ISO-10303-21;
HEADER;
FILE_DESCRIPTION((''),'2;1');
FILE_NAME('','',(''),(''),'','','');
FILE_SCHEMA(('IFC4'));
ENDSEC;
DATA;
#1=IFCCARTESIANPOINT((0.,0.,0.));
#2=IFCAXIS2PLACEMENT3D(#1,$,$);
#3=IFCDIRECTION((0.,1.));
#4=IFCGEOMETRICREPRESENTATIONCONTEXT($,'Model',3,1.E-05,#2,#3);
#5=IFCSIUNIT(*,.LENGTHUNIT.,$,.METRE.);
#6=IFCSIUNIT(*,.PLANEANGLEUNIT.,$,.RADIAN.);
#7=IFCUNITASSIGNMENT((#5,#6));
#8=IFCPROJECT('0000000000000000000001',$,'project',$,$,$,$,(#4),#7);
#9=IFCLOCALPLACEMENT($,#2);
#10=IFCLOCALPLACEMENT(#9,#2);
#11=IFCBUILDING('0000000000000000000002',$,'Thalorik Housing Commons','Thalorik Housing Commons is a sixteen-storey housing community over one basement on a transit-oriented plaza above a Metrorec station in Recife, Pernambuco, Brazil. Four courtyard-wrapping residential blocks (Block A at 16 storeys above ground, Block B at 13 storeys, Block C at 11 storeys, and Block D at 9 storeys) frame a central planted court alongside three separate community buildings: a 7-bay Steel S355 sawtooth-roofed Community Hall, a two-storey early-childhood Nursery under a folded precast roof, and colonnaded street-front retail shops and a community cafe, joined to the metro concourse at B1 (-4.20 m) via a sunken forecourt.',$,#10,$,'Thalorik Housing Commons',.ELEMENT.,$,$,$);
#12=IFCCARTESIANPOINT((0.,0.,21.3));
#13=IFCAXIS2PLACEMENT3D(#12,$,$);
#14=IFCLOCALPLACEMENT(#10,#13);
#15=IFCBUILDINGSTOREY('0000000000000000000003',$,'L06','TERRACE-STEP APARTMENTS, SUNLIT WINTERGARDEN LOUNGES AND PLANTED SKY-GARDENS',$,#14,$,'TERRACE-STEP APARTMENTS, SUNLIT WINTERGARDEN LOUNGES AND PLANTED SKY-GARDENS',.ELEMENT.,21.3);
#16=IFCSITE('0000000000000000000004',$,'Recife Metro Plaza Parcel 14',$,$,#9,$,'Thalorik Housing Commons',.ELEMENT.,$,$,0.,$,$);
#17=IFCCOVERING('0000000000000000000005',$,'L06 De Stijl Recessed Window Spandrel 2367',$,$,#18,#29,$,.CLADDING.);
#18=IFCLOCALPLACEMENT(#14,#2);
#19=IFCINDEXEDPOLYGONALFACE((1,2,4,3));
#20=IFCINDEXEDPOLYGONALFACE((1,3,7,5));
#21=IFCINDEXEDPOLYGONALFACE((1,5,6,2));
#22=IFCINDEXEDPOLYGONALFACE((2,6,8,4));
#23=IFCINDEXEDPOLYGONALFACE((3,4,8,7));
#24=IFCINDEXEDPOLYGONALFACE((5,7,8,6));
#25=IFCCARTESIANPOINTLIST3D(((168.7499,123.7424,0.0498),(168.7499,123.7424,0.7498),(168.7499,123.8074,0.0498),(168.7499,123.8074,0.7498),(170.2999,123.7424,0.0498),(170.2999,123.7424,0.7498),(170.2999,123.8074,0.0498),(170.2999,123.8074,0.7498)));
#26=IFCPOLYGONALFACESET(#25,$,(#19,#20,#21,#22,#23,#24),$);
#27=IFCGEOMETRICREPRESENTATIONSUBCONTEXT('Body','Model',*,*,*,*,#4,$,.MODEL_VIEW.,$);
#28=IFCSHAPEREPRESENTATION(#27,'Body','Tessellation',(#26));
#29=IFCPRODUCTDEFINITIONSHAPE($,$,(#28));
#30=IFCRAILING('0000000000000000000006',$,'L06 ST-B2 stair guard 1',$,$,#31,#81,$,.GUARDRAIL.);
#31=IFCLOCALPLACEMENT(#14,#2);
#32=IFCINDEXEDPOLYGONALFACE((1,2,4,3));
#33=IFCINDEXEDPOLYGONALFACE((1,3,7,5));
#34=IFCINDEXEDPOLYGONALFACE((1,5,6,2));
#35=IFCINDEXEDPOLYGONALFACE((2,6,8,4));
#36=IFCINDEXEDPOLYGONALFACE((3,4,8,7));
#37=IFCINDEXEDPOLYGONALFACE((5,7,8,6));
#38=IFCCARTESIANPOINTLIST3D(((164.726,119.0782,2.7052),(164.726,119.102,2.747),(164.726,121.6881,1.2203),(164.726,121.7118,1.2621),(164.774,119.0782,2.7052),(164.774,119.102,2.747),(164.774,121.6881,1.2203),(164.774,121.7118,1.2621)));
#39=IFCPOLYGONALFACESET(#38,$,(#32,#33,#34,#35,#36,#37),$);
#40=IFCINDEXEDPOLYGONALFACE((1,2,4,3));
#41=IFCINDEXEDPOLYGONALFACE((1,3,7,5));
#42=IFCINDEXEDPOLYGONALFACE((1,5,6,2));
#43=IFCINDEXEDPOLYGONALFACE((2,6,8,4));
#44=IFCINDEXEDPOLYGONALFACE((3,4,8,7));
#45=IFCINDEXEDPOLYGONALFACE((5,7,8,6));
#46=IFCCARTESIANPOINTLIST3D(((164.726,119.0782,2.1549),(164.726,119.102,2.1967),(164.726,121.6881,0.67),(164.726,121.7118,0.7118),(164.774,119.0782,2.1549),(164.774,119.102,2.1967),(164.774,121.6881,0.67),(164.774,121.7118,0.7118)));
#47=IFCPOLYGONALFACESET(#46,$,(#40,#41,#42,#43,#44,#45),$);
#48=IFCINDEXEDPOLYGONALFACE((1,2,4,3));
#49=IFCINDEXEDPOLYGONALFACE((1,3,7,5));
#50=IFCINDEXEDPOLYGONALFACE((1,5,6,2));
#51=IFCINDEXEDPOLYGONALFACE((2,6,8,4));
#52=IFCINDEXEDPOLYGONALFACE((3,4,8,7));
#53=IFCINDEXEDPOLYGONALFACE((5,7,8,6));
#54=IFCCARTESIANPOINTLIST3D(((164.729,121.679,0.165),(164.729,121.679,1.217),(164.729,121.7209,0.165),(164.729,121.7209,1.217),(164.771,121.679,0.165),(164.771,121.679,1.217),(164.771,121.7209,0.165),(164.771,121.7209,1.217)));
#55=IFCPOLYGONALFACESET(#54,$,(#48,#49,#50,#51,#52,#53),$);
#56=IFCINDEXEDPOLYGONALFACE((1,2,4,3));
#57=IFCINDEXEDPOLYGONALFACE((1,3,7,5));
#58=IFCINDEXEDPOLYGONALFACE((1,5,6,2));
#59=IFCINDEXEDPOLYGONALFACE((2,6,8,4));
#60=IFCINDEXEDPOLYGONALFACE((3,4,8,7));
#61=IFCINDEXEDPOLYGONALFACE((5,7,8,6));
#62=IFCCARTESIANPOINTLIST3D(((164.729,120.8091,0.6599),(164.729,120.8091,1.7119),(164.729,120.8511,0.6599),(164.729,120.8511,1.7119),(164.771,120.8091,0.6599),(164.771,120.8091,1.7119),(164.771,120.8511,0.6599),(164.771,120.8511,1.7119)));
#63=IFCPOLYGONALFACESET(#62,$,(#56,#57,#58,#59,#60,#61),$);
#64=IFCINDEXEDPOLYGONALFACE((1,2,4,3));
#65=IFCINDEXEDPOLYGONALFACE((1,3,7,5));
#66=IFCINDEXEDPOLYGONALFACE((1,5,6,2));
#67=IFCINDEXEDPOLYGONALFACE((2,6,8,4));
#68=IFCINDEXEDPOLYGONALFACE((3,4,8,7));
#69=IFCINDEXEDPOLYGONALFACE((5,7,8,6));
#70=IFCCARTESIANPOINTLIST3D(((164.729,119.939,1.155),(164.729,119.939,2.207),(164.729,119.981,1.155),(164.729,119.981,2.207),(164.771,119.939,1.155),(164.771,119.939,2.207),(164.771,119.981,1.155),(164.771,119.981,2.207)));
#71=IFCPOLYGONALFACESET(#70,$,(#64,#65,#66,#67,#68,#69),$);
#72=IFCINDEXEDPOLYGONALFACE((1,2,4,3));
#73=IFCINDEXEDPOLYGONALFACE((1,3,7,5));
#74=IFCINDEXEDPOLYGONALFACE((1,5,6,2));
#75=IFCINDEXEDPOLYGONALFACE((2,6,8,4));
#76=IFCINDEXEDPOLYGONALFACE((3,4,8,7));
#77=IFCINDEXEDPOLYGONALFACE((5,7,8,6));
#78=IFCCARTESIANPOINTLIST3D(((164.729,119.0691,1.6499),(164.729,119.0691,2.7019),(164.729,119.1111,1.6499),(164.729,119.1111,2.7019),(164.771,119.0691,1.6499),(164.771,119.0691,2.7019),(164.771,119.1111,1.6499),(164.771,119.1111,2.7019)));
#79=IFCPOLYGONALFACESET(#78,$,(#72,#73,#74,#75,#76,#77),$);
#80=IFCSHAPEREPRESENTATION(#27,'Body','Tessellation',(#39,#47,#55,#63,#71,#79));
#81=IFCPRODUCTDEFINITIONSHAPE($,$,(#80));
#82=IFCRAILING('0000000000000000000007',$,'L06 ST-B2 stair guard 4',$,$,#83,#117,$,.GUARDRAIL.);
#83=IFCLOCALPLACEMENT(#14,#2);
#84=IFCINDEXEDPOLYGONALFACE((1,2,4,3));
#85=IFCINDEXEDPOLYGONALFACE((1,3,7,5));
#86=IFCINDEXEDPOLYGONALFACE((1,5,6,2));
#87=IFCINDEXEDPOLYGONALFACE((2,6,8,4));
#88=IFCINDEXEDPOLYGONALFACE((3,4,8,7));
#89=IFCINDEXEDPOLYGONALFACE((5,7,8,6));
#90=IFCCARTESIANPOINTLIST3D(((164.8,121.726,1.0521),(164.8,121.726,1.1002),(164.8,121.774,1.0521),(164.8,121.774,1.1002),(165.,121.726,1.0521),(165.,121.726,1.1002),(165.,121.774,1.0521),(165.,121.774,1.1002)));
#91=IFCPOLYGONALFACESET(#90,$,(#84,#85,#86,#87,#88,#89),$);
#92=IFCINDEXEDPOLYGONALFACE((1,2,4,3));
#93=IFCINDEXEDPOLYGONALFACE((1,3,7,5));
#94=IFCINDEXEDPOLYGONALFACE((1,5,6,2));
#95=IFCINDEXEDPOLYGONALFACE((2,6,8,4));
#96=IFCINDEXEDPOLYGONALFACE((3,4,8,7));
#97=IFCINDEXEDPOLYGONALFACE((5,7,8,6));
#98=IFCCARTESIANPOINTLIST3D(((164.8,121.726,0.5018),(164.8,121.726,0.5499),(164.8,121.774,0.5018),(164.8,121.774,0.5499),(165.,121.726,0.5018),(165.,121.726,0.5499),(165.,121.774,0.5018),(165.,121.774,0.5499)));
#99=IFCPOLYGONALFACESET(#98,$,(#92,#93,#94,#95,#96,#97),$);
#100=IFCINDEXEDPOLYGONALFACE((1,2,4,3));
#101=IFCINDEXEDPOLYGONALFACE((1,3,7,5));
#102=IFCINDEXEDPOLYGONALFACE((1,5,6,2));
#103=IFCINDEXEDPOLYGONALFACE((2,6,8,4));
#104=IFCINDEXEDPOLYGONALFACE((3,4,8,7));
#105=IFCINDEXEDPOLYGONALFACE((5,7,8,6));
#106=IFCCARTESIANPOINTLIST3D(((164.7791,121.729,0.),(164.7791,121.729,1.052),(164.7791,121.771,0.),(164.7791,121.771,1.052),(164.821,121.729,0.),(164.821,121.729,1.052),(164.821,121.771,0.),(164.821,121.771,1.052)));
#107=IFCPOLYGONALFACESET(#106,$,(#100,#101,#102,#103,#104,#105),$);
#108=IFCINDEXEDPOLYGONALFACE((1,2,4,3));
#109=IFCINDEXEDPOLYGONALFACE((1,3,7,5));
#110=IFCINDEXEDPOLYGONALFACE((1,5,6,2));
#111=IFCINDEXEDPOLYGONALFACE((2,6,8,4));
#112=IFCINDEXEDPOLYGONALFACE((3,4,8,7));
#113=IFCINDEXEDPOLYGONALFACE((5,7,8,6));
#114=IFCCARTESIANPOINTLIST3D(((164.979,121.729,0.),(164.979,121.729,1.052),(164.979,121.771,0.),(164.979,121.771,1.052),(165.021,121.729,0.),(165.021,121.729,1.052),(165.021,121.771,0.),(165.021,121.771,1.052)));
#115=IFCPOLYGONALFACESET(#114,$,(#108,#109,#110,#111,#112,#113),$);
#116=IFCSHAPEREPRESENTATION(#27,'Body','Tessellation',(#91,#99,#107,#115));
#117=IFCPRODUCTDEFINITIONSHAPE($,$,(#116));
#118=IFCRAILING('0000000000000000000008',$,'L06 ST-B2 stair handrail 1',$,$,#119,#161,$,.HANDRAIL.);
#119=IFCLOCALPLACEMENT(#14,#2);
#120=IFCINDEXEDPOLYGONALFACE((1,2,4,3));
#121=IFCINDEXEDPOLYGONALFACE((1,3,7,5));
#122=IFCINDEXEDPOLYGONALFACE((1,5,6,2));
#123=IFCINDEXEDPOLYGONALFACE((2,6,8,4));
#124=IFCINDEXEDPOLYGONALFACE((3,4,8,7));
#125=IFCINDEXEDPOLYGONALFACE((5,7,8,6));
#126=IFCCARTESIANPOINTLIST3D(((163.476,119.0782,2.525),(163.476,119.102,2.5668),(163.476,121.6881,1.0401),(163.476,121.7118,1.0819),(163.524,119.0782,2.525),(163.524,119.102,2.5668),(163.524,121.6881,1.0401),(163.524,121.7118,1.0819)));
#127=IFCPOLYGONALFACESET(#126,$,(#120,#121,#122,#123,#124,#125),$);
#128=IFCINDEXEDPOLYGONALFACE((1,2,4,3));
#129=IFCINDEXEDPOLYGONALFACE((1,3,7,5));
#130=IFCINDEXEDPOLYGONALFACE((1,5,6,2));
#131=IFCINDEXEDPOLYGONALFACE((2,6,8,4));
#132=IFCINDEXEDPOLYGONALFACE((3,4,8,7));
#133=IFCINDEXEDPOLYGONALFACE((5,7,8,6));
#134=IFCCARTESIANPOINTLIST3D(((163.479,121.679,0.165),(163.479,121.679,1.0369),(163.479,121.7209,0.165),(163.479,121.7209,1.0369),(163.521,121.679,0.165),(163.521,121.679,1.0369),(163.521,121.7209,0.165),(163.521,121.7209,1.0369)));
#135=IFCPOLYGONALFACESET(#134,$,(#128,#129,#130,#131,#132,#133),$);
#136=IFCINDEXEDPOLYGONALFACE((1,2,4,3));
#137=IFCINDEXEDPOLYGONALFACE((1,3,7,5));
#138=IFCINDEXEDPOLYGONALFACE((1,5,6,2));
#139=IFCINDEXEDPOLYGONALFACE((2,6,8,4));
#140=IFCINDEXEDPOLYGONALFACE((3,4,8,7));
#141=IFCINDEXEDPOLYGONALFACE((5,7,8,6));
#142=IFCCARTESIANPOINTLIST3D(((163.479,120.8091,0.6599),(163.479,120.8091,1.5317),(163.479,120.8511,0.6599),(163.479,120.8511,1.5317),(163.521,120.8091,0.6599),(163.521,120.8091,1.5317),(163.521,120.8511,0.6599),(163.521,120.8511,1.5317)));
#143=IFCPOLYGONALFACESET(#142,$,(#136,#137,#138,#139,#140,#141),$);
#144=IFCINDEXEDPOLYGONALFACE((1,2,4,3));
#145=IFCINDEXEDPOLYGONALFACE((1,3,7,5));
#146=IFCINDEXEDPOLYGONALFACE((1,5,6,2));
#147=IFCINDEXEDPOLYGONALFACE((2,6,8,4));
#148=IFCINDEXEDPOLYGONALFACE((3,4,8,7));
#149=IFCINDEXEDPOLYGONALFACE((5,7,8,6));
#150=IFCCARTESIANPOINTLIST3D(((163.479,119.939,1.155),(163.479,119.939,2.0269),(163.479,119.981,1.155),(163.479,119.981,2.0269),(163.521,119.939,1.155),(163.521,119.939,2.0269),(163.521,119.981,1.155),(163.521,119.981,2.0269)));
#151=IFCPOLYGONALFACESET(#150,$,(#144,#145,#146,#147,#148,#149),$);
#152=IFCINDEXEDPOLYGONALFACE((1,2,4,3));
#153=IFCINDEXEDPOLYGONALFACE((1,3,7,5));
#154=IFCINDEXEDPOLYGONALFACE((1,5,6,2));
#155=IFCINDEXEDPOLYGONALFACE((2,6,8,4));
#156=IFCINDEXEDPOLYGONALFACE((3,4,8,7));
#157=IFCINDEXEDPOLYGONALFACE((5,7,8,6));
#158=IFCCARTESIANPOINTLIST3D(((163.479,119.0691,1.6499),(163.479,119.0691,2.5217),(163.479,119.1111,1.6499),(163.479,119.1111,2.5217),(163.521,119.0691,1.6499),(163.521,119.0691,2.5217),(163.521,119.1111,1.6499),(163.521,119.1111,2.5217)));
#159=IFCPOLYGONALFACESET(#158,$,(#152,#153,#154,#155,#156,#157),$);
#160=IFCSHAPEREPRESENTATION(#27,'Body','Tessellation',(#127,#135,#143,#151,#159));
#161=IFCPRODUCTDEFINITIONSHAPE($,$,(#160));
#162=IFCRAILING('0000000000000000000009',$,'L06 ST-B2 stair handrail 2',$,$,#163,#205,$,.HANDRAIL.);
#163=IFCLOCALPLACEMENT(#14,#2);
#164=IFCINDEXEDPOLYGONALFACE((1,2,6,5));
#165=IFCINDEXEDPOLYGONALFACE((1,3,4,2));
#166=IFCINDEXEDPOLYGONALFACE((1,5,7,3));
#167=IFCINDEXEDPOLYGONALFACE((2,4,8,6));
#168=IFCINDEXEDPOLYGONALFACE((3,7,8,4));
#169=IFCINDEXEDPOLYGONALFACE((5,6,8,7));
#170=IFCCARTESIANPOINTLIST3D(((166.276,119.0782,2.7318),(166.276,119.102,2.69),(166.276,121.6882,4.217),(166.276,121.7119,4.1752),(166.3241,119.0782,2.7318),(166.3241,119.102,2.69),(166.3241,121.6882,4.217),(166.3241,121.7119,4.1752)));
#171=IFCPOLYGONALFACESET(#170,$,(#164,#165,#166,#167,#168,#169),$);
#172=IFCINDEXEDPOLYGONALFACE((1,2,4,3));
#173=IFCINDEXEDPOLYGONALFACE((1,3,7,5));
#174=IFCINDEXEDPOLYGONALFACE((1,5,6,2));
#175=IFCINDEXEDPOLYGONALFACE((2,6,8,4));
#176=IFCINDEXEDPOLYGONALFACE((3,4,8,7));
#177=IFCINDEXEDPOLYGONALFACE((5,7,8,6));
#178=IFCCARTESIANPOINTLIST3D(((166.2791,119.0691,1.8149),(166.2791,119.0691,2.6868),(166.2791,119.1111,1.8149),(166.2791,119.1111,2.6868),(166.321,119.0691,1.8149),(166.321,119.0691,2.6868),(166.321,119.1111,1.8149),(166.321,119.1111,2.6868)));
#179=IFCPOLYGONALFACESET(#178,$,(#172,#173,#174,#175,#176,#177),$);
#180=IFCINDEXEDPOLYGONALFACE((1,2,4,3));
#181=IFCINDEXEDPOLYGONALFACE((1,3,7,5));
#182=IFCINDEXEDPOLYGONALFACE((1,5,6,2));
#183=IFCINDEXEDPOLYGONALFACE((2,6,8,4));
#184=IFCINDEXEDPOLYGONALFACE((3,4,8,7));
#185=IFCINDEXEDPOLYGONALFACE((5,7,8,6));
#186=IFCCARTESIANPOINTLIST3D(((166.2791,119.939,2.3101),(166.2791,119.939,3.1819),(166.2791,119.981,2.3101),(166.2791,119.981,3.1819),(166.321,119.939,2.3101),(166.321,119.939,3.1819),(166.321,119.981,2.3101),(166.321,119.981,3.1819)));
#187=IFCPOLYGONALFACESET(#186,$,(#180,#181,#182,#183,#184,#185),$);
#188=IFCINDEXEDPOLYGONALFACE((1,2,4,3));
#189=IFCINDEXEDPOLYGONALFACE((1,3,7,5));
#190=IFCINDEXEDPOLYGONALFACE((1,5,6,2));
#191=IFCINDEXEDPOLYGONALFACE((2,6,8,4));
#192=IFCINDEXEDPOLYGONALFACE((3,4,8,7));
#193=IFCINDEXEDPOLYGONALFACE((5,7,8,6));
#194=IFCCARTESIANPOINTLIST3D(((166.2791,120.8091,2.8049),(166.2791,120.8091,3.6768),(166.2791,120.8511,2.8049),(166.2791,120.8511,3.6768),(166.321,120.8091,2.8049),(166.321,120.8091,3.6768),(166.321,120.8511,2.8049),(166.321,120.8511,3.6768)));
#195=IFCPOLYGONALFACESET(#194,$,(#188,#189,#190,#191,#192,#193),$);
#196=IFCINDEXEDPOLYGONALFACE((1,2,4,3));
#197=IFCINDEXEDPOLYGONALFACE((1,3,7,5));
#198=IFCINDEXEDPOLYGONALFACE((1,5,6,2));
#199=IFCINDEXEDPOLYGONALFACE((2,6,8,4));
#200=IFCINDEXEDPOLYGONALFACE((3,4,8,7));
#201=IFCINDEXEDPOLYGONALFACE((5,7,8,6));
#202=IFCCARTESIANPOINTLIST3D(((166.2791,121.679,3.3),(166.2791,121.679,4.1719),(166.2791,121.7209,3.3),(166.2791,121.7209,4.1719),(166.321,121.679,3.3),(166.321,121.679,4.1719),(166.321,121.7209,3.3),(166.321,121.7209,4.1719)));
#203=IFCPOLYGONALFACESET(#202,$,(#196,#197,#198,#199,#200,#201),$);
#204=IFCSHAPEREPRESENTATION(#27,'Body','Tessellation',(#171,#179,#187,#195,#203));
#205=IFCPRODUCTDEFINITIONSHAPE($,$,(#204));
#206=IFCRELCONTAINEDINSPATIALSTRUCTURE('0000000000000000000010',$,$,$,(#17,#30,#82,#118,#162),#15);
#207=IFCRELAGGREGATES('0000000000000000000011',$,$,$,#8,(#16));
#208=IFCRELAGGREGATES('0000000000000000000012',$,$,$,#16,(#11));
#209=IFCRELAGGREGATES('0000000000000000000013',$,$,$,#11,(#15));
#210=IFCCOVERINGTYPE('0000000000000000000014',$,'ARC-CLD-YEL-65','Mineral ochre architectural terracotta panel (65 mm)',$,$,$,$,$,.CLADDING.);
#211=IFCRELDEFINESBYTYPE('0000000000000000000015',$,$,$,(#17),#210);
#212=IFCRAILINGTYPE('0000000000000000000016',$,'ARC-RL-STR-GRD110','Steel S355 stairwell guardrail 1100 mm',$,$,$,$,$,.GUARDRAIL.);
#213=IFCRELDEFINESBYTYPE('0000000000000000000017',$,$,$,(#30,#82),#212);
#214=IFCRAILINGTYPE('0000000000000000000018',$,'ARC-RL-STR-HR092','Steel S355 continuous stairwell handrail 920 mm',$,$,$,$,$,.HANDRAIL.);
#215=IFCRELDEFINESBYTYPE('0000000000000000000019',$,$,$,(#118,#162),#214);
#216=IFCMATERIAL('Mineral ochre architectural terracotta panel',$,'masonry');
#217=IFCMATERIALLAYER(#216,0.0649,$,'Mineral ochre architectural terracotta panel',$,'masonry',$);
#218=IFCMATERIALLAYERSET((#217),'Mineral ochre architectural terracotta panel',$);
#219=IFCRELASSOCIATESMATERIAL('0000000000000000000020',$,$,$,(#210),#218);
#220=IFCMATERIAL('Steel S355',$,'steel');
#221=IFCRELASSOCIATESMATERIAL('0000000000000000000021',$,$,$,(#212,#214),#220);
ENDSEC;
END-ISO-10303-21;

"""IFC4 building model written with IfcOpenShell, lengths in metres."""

from ifc_helpers import new_model, si_unit, direction, frame, origin, origin_2d, place, context, subcontext, project, spatial, rectangle, extrude, material, layer, layer_set, type_object, element, save


model = new_model("IFC4")

# Units and contexts
model_context = context("Model", 3, precision=1e-05, world=origin(), true_north=direction((0.0, 1.0)))
body_context = subcontext(model_context, "Body", "Model", "MODEL_VIEW")
ifc_project = project(units=[si_unit("LENGTHUNIT", "METRE"), si_unit("PLANEANGLEUNIT", "RADIAN")], contexts=[model_context])

# Site, building, storey
site_placement = place(None, origin())
site = spatial("IfcSite", under=ifc_project, at=site_placement, Name="Recife Metro Plaza Parcel 14", LongName="Thalorik Housing Commons", CompositionType="ELEMENT", RefElevation=0.0)
building_placement = place(site_placement, origin())
building = spatial("IfcBuilding", under=site, at=building_placement, Name="Thalorik Housing Commons", Description="Thalorik Housing Commons is a sixteen-storey housing community over one basement on a transit-oriented plaza above a Metrorec station in Recife, Pernambuco, Brazil. Four courtyard-wrapping residential blocks (Block A at 16 storeys above ground, Block B at 13 storeys, Block C at 11 storeys, and Block D at 9 storeys) frame a central planted court alongside three separate community buildings: a 7-bay Steel S355 sawtooth-roofed Community Hall, a two-storey early-childhood Nursery under a folded precast roof, and colonnaded street-front retail shops and a community cafe, joined to the metro concourse at B1 (-4.20 m) via a sunken forecourt.", LongName="Thalorik Housing Commons", CompositionType="ELEMENT")
storey_placement = place(building_placement, frame((0.0, 0.0, 21.3)))
storey = spatial("IfcBuildingStorey", under=building, at=storey_placement, Name="L06", Description="TERRACE-STEP APARTMENTS, SUNLIT WINTERGARDEN LOUNGES AND PLANTED SKY-GARDENS", LongName="TERRACE-STEP APARTMENTS, SUNLIT WINTERGARDEN LOUNGES AND PLANTED SKY-GARDENS", CompositionType="ELEMENT", Elevation=21.3)

# Shared definitions
ifc_material_1 = material(Name="Steel S355", Category="steel")

# Covering
ifc_material_2 = material(Name="Mineral ochre architectural terracotta panel", Category="masonry")
ifc_layer_1 = layer(ifc_material_2, 0.0649, Name="Mineral ochre architectural terracotta panel", Category="masonry")
ifc_layer_set_1 = layer_set([ifc_layer_1], Name="Mineral ochre architectural terracotta panel")
covering_type_1 = type_object("IfcCoveringType", Name="ARC-CLD-YEL-65", Description="Mineral ochre architectural terracotta panel (65 mm)", PredefinedType="CLADDING", material=ifc_layer_set_1)
covering_1_placement = place(storey_placement, frame((169.5249, 123.7749, 0.0498), z_axis=(0.0, 0.0, 1.0), x_axis=(-1.0, 0.0, 0.0)))
element("IfcCovering", 1, at=covering_1_placement, inside=storey, type_object=covering_type_1, Name="L06 De Stijl Recessed Window Spandrel 2367", PredefinedType="CLADDING", context=body_context, shape_type="SweptSolid", body=[
    extrude(rectangle(XDim=1.55, YDim=0.0649, at=origin_2d()), origin(), (0.0, 0.0, 1.0), 0.7),
])

# Railings
railing_type_1 = type_object("IfcRailingType", Name="ARC-RL-STR-GRD110", Description="Steel S355 stairwell guardrail 1100 mm", PredefinedType="GUARDRAIL", material=ifc_material_1)
railing_1_placement = place(storey_placement, frame((164.75, 121.7, 0.165)))
element("IfcRailing", 2, at=railing_1_placement, inside=storey, type_object=railing_type_1, Name="L06 ST-B2 stair guard 1", PredefinedType="GUARDRAIL", context=body_context, shape_type="SweptSolid", body=[
    extrude(rectangle(XDim=0.0481, YDim=0.0481, at=origin_2d()), frame((0.0, 0.0, 1.0762), z_axis=(0.0, -0.869172, 0.494509), x_axis=(1.0, 0.0, 0.0)), (0.0, 0.0, 1.0), 3.0027),
    extrude(rectangle(XDim=0.0481, YDim=0.0481, at=origin_2d()), frame((0.0, 0.0, 0.5259), z_axis=(0.0, -0.869172, 0.494509), x_axis=(1.0, 0.0, 0.0)), (0.0, 0.0, 1.0), 3.0027),
    extrude(rectangle(XDim=0.042, YDim=0.042, at=origin_2d()), origin(), (0.0, 0.0, 1.0), 1.052),
    extrude(rectangle(XDim=0.042, YDim=0.042, at=origin_2d()), frame((0.0, -0.8699, 0.4949)), (0.0, 0.0, 1.0), 1.052),
    extrude(rectangle(XDim=0.042, YDim=0.042, at=origin_2d()), frame((0.0, -1.74, 0.99)), (0.0, 0.0, 1.0), 1.052),
    extrude(rectangle(XDim=0.042, YDim=0.042, at=origin_2d()), frame((0.0, -2.6099, 1.4849)), (0.0, 0.0, 1.0), 1.052),
])
railing_2_placement = place(storey_placement, frame((164.8, 121.75, 0.0)))
element("IfcRailing", 3, at=railing_2_placement, inside=storey, type_object=railing_type_1, Name="L06 ST-B2 stair guard 4", PredefinedType="GUARDRAIL", context=body_context, shape_type="SweptSolid", body=[
    extrude(rectangle(XDim=0.0481, YDim=0.0481, at=origin_2d()), frame((0.0, 0.0, 1.0762), z_axis=(1.0, 0.0, 0.0), x_axis=(0.0, 1.0, 0.0)), (0.0, 0.0, 1.0), 0.2),
    extrude(rectangle(XDim=0.0481, YDim=0.0481, at=origin_2d()), frame((0.0, 0.0, 0.5259), z_axis=(1.0, 0.0, 0.0), x_axis=(0.0, 1.0, 0.0)), (0.0, 0.0, 1.0), 0.2),
    extrude(rectangle(XDim=0.042, YDim=0.042, at=origin_2d()), origin(), (0.0, 0.0, 1.0), 1.052),
    extrude(rectangle(XDim=0.042, YDim=0.042, at=origin_2d()), frame((0.2, 0.0, 0.0)), (0.0, 0.0, 1.0), 1.052),
])
railing_type_2 = type_object("IfcRailingType", Name="ARC-RL-STR-HR092", Description="Steel S355 continuous stairwell handrail 920 mm", PredefinedType="HANDRAIL", material=ifc_material_1)
railing_3_placement = place(storey_placement, frame((163.5, 121.7, 0.165)))
element("IfcRailing", 4, at=railing_3_placement, inside=storey, type_object=railing_type_2, Name="L06 ST-B2 stair handrail 1", PredefinedType="HANDRAIL", context=body_context, shape_type="SweptSolid", body=[
    extrude(rectangle(XDim=0.0481, YDim=0.0481, at=origin_2d()), frame((0.0, 0.0, 0.896), z_axis=(0.0, -0.869172, 0.494509), x_axis=(1.0, 0.0, 0.0)), (0.0, 0.0, 1.0), 3.0027),
    extrude(rectangle(XDim=0.042, YDim=0.042, at=origin_2d()), origin(), (0.0, 0.0, 1.0), 0.8718),
    extrude(rectangle(XDim=0.042, YDim=0.042, at=origin_2d()), frame((0.0, -0.8699, 0.4949)), (0.0, 0.0, 1.0), 0.8718),
    extrude(rectangle(XDim=0.042, YDim=0.042, at=origin_2d()), frame((0.0, -1.74, 0.99)), (0.0, 0.0, 1.0), 0.8718),
    extrude(rectangle(XDim=0.042, YDim=0.042, at=origin_2d()), frame((0.0, -2.6099, 1.4849)), (0.0, 0.0, 1.0), 0.8718),
])
railing_4_placement = place(storey_placement, frame((166.3, 119.0901, 1.8149)))
element("IfcRailing", 5, at=railing_4_placement, inside=storey, type_object=railing_type_2, Name="L06 ST-B2 stair handrail 2", PredefinedType="HANDRAIL", context=body_context, shape_type="SweptSolid", body=[
    extrude(rectangle(XDim=0.0481, YDim=0.0481, at=origin_2d()), frame((0.0, 0.0, 0.896), z_axis=(0.0, 0.869137, 0.494571), x_axis=(-1.0, 0.0, 0.0)), (0.0, 0.0, 1.0), 3.0029),
    extrude(rectangle(XDim=0.042, YDim=0.042, at=origin_2d()), origin(), (0.0, 0.0, 1.0), 0.8718),
    extrude(rectangle(XDim=0.042, YDim=0.042, at=origin_2d()), frame((0.0, 0.8699, 0.4951)), (0.0, 0.0, 1.0), 0.8718),
    extrude(rectangle(XDim=0.042, YDim=0.042, at=origin_2d()), frame((0.0, 1.74, 0.99)), (0.0, 0.0, 1.0), 0.8718),
    extrude(rectangle(XDim=0.042, YDim=0.042, at=origin_2d()), frame((0.0, 2.6099, 1.4851)), (0.0, 0.0, 1.0), 0.8718),
])

save(model, "model.ifc")
